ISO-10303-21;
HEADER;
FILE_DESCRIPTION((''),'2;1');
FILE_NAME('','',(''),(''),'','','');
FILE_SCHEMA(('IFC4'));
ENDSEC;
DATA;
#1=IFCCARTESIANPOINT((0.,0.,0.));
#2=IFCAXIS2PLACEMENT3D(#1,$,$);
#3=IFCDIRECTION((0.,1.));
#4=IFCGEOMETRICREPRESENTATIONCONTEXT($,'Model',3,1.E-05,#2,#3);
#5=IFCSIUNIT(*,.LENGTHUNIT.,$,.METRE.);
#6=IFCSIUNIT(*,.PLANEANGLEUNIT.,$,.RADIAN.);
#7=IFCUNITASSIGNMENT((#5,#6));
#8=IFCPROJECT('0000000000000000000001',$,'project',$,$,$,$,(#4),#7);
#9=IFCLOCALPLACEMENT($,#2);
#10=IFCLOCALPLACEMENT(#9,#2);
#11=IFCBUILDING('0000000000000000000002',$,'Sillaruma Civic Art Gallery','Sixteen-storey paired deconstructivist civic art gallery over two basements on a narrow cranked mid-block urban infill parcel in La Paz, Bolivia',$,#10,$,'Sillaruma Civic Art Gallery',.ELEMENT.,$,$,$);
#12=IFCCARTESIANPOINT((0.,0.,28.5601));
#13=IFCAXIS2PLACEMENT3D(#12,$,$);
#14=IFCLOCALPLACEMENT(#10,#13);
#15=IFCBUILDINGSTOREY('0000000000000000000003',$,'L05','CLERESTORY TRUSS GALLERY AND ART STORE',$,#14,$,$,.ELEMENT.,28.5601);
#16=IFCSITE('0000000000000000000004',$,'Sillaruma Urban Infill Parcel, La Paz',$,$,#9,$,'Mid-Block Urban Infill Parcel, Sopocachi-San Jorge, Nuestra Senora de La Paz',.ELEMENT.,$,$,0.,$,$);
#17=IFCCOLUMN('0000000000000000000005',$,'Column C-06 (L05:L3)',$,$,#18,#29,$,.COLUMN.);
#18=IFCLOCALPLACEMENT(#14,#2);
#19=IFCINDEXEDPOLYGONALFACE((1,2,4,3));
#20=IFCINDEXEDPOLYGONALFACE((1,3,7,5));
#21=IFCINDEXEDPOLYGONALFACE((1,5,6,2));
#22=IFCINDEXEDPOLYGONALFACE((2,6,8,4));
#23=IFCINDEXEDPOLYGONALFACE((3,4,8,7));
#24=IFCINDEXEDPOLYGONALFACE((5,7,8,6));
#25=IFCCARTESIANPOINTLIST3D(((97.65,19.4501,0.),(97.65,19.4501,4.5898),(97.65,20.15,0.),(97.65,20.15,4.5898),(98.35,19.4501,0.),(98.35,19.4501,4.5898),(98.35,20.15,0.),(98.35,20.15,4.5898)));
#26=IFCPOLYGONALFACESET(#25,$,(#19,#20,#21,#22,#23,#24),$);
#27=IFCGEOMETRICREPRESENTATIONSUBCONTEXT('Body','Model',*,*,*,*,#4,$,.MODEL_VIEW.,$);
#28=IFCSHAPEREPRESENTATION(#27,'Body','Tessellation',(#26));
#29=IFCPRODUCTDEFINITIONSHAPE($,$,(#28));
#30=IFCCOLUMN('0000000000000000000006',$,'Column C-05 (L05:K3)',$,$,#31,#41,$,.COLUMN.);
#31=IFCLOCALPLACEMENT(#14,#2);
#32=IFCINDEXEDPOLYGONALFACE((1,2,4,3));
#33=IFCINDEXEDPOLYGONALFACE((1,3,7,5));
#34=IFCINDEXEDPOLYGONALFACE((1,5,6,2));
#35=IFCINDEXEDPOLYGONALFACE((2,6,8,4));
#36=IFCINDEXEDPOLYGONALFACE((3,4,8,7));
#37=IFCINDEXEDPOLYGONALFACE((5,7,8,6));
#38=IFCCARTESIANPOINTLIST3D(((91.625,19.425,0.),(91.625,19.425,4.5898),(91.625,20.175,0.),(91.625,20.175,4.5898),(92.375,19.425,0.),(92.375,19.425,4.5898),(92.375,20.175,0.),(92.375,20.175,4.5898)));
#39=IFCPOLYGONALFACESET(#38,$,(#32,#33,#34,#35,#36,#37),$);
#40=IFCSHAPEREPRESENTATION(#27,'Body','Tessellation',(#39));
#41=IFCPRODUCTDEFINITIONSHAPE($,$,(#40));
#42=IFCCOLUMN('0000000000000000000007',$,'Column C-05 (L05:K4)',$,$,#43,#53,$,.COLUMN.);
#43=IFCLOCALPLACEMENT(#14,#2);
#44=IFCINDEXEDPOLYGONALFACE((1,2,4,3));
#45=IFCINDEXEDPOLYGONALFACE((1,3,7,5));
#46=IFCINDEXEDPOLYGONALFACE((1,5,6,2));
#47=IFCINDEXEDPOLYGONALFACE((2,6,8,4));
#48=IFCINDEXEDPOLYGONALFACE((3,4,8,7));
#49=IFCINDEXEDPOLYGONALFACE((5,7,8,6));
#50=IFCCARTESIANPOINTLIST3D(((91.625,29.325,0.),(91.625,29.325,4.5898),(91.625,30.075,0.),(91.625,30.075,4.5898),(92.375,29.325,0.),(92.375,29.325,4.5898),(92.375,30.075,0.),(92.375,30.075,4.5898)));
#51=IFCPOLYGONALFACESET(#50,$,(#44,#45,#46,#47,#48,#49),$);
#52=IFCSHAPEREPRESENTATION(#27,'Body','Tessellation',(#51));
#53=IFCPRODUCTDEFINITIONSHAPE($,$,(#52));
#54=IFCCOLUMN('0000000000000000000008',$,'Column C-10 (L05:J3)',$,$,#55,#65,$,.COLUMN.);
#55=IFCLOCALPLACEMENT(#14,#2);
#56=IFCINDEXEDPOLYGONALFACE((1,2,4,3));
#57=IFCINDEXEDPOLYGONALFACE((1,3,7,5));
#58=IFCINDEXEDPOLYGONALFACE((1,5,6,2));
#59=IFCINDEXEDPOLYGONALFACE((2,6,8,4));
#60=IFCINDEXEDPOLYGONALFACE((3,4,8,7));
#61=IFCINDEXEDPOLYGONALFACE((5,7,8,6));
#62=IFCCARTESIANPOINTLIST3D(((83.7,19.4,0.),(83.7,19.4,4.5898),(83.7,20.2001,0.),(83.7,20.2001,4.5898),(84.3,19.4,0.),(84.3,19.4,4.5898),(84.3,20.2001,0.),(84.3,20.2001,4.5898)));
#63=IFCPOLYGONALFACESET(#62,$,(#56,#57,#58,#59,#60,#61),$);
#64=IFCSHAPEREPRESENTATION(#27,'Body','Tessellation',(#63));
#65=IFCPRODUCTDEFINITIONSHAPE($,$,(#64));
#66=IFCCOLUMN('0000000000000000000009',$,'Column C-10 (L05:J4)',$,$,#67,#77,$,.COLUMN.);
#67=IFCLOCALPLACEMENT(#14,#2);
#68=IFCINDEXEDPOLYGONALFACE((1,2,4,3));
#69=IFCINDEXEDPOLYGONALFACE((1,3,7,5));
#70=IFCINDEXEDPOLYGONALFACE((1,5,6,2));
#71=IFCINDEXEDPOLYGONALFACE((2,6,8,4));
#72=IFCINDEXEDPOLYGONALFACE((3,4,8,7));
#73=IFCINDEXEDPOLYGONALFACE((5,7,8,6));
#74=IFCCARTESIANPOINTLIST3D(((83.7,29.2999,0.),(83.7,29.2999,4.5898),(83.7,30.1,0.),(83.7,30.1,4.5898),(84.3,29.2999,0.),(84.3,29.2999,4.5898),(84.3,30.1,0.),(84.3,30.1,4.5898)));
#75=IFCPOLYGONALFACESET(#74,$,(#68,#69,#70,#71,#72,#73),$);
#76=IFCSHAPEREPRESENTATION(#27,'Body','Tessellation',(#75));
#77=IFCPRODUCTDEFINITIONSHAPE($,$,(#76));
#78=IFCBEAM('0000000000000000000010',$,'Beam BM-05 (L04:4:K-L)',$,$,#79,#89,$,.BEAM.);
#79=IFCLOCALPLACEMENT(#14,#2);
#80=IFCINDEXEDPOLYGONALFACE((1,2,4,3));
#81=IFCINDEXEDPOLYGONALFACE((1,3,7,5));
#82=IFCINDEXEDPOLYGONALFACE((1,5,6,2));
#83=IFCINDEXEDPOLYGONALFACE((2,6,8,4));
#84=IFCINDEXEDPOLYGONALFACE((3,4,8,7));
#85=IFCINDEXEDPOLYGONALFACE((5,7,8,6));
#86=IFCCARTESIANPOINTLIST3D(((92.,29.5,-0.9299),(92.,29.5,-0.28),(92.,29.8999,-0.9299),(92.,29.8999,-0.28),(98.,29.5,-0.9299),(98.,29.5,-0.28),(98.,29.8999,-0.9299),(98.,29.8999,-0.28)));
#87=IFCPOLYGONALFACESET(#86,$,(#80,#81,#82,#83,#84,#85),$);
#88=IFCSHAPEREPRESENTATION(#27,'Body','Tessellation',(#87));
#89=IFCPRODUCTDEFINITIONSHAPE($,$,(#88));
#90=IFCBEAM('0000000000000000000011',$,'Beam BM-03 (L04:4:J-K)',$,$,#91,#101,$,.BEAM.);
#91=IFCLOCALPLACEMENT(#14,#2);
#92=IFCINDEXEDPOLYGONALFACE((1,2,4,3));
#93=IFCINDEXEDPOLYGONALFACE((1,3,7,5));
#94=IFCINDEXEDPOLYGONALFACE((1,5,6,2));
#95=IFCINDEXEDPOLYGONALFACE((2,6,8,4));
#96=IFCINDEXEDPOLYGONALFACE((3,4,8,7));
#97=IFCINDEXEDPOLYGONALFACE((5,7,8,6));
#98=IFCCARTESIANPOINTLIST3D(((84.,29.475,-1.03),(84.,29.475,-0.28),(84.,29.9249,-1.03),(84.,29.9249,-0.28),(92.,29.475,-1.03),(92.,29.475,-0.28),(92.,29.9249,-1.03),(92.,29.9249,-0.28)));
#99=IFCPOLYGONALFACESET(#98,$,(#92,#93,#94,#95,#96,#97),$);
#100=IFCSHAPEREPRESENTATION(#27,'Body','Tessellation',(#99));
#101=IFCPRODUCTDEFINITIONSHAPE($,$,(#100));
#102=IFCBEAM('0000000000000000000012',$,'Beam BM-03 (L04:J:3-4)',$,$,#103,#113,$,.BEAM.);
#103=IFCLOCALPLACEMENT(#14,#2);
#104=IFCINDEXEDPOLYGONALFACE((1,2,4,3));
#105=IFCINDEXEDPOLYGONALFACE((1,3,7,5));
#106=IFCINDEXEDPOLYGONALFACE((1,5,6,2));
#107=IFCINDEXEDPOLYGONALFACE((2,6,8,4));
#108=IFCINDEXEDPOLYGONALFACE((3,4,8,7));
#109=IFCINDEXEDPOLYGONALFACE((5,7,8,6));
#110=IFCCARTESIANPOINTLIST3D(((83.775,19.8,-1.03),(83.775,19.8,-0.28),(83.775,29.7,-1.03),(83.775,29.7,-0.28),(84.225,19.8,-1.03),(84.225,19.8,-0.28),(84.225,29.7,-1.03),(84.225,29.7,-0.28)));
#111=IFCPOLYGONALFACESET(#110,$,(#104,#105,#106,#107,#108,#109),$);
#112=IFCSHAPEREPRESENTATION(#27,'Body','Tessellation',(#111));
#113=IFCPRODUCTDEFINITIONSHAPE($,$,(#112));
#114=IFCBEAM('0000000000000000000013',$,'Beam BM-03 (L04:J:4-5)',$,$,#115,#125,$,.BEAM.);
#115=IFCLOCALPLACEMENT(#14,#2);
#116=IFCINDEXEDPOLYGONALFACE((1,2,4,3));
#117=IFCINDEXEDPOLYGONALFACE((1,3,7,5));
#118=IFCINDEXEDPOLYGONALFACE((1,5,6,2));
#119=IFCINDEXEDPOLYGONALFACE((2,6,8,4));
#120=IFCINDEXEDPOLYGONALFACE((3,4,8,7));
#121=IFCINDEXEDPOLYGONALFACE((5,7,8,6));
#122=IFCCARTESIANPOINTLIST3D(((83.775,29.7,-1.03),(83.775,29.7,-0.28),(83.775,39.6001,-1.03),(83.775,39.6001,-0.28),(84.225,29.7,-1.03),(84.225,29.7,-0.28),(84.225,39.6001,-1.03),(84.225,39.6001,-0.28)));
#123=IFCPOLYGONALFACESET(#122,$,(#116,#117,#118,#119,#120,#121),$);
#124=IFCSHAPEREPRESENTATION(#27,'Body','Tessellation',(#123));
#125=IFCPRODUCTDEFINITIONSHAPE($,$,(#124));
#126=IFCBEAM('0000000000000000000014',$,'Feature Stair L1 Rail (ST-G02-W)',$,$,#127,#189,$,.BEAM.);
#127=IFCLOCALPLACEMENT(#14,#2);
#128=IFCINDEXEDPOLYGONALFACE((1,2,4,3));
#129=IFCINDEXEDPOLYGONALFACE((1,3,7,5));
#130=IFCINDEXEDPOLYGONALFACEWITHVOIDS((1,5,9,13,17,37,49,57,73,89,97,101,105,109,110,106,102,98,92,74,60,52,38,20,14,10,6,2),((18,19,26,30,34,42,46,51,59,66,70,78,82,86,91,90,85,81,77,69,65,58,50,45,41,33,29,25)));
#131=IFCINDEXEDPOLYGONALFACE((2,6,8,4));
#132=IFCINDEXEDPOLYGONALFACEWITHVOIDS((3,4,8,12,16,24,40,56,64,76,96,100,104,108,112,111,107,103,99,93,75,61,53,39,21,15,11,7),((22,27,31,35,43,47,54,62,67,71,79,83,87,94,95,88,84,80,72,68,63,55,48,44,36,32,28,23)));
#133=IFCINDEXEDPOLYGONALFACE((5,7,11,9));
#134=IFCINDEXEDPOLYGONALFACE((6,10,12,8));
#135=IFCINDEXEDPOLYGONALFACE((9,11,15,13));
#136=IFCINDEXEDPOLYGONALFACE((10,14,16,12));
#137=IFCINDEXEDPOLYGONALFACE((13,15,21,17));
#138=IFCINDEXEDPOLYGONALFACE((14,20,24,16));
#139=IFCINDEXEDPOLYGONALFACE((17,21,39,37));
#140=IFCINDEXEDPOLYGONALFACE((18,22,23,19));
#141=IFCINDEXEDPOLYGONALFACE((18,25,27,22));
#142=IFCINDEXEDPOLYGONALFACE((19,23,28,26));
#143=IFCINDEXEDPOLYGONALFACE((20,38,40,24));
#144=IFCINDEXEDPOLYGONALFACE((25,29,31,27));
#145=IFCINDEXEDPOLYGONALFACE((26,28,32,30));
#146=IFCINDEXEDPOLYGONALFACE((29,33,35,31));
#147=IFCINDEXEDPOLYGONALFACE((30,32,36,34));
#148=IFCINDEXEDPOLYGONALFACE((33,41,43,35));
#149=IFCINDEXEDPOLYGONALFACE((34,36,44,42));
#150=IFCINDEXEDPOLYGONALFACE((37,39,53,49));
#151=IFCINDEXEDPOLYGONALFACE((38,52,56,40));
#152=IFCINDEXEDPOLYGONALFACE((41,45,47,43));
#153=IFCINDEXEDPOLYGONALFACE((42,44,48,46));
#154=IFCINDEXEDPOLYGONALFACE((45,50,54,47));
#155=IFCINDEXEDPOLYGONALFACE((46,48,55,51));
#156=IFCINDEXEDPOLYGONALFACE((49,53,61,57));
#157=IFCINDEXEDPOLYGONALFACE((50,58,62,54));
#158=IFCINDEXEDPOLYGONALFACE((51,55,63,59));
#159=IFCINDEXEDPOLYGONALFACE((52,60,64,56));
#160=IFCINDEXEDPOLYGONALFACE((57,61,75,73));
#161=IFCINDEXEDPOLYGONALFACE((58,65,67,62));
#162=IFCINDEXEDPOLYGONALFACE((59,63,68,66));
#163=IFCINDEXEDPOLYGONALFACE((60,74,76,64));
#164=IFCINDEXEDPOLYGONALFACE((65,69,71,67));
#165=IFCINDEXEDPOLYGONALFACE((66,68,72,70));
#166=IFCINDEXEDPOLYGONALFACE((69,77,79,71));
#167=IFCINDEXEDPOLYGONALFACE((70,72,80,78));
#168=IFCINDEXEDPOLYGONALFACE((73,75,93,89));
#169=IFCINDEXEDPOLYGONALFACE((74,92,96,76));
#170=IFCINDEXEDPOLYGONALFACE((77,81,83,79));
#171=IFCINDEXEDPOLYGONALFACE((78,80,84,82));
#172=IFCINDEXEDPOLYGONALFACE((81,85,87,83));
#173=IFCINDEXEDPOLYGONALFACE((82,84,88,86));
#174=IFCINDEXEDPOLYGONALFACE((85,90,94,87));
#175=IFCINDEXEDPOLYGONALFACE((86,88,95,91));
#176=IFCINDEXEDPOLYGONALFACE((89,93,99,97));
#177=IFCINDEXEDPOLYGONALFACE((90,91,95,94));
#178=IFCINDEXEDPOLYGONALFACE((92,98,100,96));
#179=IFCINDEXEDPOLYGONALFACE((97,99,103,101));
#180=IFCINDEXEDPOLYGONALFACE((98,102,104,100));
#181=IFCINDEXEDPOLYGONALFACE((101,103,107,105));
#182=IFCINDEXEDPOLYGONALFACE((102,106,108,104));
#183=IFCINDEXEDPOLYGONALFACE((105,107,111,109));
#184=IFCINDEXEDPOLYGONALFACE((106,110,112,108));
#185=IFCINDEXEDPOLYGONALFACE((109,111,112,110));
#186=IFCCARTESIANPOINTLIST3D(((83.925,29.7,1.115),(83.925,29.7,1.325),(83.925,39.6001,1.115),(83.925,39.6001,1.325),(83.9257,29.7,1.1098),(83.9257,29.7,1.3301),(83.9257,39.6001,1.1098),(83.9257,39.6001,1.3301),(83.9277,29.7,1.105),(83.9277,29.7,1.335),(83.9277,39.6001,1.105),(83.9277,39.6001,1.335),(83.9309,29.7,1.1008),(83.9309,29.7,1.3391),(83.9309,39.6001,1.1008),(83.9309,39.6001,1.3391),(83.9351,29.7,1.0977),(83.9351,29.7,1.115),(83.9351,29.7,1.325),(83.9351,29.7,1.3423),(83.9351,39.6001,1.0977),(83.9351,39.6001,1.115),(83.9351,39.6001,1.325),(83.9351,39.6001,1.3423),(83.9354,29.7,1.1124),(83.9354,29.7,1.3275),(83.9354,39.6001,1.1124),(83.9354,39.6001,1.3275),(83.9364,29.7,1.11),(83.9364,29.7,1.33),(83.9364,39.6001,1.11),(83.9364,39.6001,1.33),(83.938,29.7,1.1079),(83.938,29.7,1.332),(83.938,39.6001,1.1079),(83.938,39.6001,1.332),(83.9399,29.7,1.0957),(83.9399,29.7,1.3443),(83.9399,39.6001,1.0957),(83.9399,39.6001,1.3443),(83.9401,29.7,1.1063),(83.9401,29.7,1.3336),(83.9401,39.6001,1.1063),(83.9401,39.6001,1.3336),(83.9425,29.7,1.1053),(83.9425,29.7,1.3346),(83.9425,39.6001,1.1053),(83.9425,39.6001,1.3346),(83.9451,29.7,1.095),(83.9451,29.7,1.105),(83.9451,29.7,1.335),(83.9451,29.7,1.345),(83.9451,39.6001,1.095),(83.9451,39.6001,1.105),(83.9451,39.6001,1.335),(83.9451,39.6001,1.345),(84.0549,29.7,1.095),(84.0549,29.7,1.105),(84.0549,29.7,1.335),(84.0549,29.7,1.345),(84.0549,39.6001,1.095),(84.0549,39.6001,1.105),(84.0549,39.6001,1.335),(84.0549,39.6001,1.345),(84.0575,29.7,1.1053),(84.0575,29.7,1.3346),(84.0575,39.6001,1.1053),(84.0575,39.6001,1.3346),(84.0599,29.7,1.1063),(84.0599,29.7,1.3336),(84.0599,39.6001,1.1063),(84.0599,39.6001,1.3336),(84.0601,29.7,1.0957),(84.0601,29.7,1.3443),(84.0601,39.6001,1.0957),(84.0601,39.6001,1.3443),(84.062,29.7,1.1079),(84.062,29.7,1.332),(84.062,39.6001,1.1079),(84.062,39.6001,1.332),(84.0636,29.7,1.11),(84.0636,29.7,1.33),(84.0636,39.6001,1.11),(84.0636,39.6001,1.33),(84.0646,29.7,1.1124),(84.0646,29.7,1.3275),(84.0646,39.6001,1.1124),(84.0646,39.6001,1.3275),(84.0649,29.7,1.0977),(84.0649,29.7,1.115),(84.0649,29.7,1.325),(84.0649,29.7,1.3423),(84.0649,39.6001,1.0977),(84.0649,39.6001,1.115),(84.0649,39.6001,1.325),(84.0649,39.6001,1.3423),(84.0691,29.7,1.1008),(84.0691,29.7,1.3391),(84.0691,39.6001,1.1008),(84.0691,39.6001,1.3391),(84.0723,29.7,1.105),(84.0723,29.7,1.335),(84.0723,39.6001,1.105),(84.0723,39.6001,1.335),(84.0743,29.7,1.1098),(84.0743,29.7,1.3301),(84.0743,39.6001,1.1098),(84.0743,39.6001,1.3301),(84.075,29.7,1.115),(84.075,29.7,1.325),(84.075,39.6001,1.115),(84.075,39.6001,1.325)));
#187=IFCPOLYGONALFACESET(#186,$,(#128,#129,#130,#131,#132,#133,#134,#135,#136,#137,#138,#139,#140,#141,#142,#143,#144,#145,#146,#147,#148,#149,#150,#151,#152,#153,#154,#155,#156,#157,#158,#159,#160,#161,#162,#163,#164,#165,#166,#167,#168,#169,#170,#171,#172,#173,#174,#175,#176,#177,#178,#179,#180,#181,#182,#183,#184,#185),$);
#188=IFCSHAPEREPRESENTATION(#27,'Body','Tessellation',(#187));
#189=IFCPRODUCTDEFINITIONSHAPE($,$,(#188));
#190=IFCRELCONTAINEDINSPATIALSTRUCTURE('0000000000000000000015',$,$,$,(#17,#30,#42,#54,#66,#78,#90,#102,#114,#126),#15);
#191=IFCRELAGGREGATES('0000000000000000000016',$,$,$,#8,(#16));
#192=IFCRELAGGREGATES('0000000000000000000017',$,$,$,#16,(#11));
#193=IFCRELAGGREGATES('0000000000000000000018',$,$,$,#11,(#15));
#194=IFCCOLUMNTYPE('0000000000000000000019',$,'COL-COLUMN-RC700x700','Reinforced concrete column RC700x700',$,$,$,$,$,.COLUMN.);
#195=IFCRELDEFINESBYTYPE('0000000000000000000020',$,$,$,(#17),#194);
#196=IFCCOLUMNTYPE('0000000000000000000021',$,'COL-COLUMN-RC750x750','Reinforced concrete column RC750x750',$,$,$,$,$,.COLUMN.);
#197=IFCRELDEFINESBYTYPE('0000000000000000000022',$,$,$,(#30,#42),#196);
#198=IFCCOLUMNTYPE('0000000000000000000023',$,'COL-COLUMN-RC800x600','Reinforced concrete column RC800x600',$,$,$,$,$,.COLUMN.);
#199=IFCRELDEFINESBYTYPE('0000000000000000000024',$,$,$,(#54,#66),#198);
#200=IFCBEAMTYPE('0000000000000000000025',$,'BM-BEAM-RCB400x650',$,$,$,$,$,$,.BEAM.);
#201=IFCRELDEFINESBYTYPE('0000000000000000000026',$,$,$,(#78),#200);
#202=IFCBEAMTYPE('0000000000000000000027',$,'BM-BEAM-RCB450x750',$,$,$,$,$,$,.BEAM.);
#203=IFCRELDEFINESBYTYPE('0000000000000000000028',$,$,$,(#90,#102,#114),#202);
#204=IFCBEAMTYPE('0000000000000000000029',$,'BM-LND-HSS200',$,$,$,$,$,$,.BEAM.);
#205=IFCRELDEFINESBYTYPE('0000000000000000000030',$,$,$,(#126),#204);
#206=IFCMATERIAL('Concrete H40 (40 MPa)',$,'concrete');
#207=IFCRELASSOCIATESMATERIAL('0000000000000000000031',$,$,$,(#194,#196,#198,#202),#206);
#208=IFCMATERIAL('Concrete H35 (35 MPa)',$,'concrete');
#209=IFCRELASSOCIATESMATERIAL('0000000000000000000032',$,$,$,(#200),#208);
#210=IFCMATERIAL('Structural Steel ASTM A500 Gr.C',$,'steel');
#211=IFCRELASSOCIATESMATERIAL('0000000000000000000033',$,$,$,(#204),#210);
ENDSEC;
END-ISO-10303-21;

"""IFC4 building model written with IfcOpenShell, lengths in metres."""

from ifc_helpers import new_model, si_unit, direction, frame, origin, origin_2d, place, context, subcontext, project, spatial, rectangle, hollow_rectangle, extrude, material, material_profile, profile_set, type_object, element, save


model = new_model("IFC4")

# Units and contexts
model_context = context("Model", 3, precision=1e-05, world=origin(), true_north=direction((0.0, 1.0)))
body_context = subcontext(model_context, "Body", "Model", "MODEL_VIEW")
ifc_project = project(units=[si_unit("LENGTHUNIT", "METRE"), si_unit("PLANEANGLEUNIT", "RADIAN")], contexts=[model_context])

# Site, building, storey
site_placement = place(None, origin())
site = spatial("IfcSite", under=ifc_project, at=site_placement, Name="Sillaruma Urban Infill Parcel, La Paz", LongName="Mid-Block Urban Infill Parcel, Sopocachi-San Jorge, Nuestra Senora de La Paz", CompositionType="ELEMENT", RefElevation=0.0)
building_placement = place(site_placement, origin())
building = spatial("IfcBuilding", under=site, at=building_placement, Name="Sillaruma Civic Art Gallery", Description="Sixteen-storey paired deconstructivist civic art gallery over two basements on a narrow cranked mid-block urban infill parcel in La Paz, Bolivia", LongName="Sillaruma Civic Art Gallery", CompositionType="ELEMENT")
storey_placement = place(building_placement, frame((0.0, 0.0, 28.5601)))
storey = spatial("IfcBuildingStorey", under=building, at=storey_placement, Name="L05", Description="CLERESTORY TRUSS GALLERY AND ART STORE", CompositionType="ELEMENT", Elevation=28.5601)

# Columns
ifc_material_1 = material(Name="Concrete H40 (40 MPa)", Category="concrete")
ifc_material_profile_1 = material_profile(ifc_material_1, rectangle(XDim=0.7, YDim=0.7, at=origin_2d()), Name="RC700x700")
ifc_profile_set_1 = profile_set([ifc_material_profile_1], Name="Concrete H40 (40 MPa)")
column_type_1 = type_object("IfcColumnType", Name="COL-COLUMN-RC700x700", Description="Reinforced concrete column RC700x700", PredefinedType="COLUMN", material=ifc_profile_set_1)
column_placement = place(storey_placement, frame((98.0, 19.8, 0.0), z_axis=(0.0, 0.0, 1.0), x_axis=(1.0, 0.0, 0.0)))
element("IfcColumn", 1, at=column_placement, inside=storey, type_object=column_type_1, Name="Column C-06 (L05:L3)", PredefinedType="COLUMN", context=body_context, shape_type="SweptSolid", body=[
    extrude(rectangle(XDim=0.7, YDim=0.7, at=origin_2d()), origin(), (0.0, 0.0, 1.0), 4.5898),
])
ifc_material_profile_2 = material_profile(ifc_material_1, rectangle(XDim=0.75, YDim=0.75, at=origin_2d()), Name="RC750x750")
ifc_profile_set_2 = profile_set([ifc_material_profile_2], Name="Concrete H40 (40 MPa)")
column_type_2 = type_object("IfcColumnType", Name="COL-COLUMN-RC750x750", Description="Reinforced concrete column RC750x750", PredefinedType="COLUMN", material=ifc_profile_set_2)
for number, where, z_axis, x_axis, name in (
    (2, (92.0, 19.8, 0.0), (0.0, 0.0, 1.0), (1.0, 0.0, 0.0), "Column C-05 (L05:K3)"),
    (3, (92.0, 29.7, 0.0), (0.0, 0.0, 1.0), (1.0, 0.0, 0.0), "Column C-05 (L05:K4)"),
):
    element("IfcColumn", number, at=place(storey_placement, frame(where, z_axis=z_axis, x_axis=x_axis)), inside=storey, type_object=column_type_2, Name=name, PredefinedType="COLUMN", context=body_context, shape_type="SweptSolid", body=[
        extrude(rectangle(XDim=0.75, YDim=0.75, at=origin_2d()), origin(), (0.0, 0.0, 1.0), 4.5898),
    ])
ifc_material_profile_3 = material_profile(ifc_material_1, rectangle(XDim=0.6001, YDim=0.8, at=origin_2d()), Name="RC800x600")
ifc_profile_set_3 = profile_set([ifc_material_profile_3], Name="Concrete H40 (40 MPa)")
column_type_3 = type_object("IfcColumnType", Name="COL-COLUMN-RC800x600", Description="Reinforced concrete column RC800x600", PredefinedType="COLUMN", material=ifc_profile_set_3)
for number, where, z_axis, x_axis, name in (
    (4, (84.0, 19.8, 0.0), (0.0, 0.0, 1.0), (1.0, 0.0, 0.0), "Column C-10 (L05:J3)"),
    (5, (84.0, 29.7, 0.0), (0.0, 0.0, 1.0), (1.0, 0.0, 0.0), "Column C-10 (L05:J4)"),
):
    element("IfcColumn", number, at=place(storey_placement, frame(where, z_axis=z_axis, x_axis=x_axis)), inside=storey, type_object=column_type_3, Name=name, PredefinedType="COLUMN", context=body_context, shape_type="SweptSolid", body=[
        extrude(rectangle(XDim=0.6001, YDim=0.8, at=origin_2d()), origin(), (0.0, 0.0, 1.0), 4.5898),
    ])

# Beams
ifc_material_2 = material(Name="Concrete H35 (35 MPa)", Category="concrete")
ifc_material_profile_4 = material_profile(ifc_material_2, rectangle(XDim=0.3999, YDim=0.6499, at=origin_2d()), Name="RCB400x650")
ifc_profile_set_4 = profile_set([ifc_material_profile_4], Name="Concrete H35 (35 MPa)")
beam_type_1 = type_object("IfcBeamType", Name="BM-BEAM-RCB400x650", PredefinedType="BEAM", material=ifc_profile_set_4)
beam_1_placement = place(storey_placement, frame((92.0, 29.7, -0.605), z_axis=(1.0, 0.0, 0.0), x_axis=(0.0, 1.0, 0.0)))
element("IfcBeam", 6, at=beam_1_placement, inside=storey, type_object=beam_type_1, Name="Beam BM-05 (L04:4:K-L)", PredefinedType="BEAM", context=body_context, shape_type="SweptSolid", body=[
    extrude(rectangle(XDim=0.3999, YDim=0.6499, at=origin_2d()), origin(), (0.0, 0.0, 1.0), 6.0),
])
ifc_material_profile_5 = material_profile(ifc_material_1, rectangle(XDim=0.45, YDim=0.75, at=origin_2d()), Name="RCB450x750")
ifc_profile_set_5 = profile_set([ifc_material_profile_5], Name="Concrete H40 (40 MPa)")
beam_type_2 = type_object("IfcBeamType", Name="BM-BEAM-RCB450x750", PredefinedType="BEAM", material=ifc_profile_set_5)
beam_2_placement = place(storey_placement, frame((84.0, 29.7, -0.655), z_axis=(1.0, 0.0, 0.0), x_axis=(0.0, 1.0, 0.0)))
element("IfcBeam", 7, at=beam_2_placement, inside=storey, type_object=beam_type_2, Name="Beam BM-03 (L04:4:J-K)", PredefinedType="BEAM", context=body_context, shape_type="SweptSolid", body=[
    extrude(rectangle(XDim=0.45, YDim=0.75, at=origin_2d()), origin(), (0.0, 0.0, 1.0), 8.0),
])
beam_3_placement = place(storey_placement, frame((84.0, 19.8, -0.655), z_axis=(0.0, 1.0, 0.0), x_axis=(-1.0, 0.0, 0.0)))
element("IfcBeam", 8, at=beam_3_placement, inside=storey, type_object=beam_type_2, Name="Beam BM-03 (L04:J:3-4)", PredefinedType="BEAM", context=body_context, shape_type="SweptSolid", body=[
    extrude(rectangle(XDim=0.45, YDim=0.75, at=origin_2d()), origin(), (0.0, 0.0, 1.0), 9.8999),
])
beam_4_placement = place(storey_placement, frame((84.0, 29.7, -0.655), z_axis=(0.0, 1.0, 0.0), x_axis=(-1.0, 0.0, 0.0)))
element("IfcBeam", 9, at=beam_4_placement, inside=storey, type_object=beam_type_2, Name="Beam BM-03 (L04:J:4-5)", PredefinedType="BEAM", context=body_context, shape_type="SweptSolid", body=[
    extrude(rectangle(XDim=0.45, YDim=0.75, at=origin_2d()), origin(), (0.0, 0.0, 1.0), 9.9001),
])
ifc_material_3 = material(Name="Structural Steel ASTM A500 Gr.C", Category="steel")
ifc_material_profile_6 = material_profile(ifc_material_3, hollow_rectangle(XDim=0.1499, YDim=0.25, WallThickness=0.01, InnerFilletRadius=0.01, OuterFilletRadius=0.02, at=origin_2d()), Name="HSS250x150x10")
ifc_profile_set_6 = profile_set([ifc_material_profile_6], Name="Structural Steel ASTM A500 Gr.C")
beam_type_3 = type_object("IfcBeamType", Name="BM-LND-HSS200", PredefinedType="BEAM", material=ifc_profile_set_6)
for number, where, z_axis, x_axis, name in (
    (10, (84.0, 29.7, 1.22), (0.0, 1.0, 0.0), (-1.0, 0.0, 0.0), "Feature Stair L1 Rail (ST-G02-W)"),
):
    element("IfcBeam", number, at=place(storey_placement, frame(where, z_axis=z_axis, x_axis=x_axis)), inside=storey, type_object=beam_type_3, Name=name, PredefinedType="BEAM", context=body_context, shape_type="SweptSolid", body=[
        extrude(hollow_rectangle(XDim=0.1499, YDim=0.25, WallThickness=0.01, InnerFilletRadius=0.01, OuterFilletRadius=0.02, at=origin_2d()), origin(), (0.0, 0.0, 1.0), 9.9001),
    ])

save(model, "model.ifc")
